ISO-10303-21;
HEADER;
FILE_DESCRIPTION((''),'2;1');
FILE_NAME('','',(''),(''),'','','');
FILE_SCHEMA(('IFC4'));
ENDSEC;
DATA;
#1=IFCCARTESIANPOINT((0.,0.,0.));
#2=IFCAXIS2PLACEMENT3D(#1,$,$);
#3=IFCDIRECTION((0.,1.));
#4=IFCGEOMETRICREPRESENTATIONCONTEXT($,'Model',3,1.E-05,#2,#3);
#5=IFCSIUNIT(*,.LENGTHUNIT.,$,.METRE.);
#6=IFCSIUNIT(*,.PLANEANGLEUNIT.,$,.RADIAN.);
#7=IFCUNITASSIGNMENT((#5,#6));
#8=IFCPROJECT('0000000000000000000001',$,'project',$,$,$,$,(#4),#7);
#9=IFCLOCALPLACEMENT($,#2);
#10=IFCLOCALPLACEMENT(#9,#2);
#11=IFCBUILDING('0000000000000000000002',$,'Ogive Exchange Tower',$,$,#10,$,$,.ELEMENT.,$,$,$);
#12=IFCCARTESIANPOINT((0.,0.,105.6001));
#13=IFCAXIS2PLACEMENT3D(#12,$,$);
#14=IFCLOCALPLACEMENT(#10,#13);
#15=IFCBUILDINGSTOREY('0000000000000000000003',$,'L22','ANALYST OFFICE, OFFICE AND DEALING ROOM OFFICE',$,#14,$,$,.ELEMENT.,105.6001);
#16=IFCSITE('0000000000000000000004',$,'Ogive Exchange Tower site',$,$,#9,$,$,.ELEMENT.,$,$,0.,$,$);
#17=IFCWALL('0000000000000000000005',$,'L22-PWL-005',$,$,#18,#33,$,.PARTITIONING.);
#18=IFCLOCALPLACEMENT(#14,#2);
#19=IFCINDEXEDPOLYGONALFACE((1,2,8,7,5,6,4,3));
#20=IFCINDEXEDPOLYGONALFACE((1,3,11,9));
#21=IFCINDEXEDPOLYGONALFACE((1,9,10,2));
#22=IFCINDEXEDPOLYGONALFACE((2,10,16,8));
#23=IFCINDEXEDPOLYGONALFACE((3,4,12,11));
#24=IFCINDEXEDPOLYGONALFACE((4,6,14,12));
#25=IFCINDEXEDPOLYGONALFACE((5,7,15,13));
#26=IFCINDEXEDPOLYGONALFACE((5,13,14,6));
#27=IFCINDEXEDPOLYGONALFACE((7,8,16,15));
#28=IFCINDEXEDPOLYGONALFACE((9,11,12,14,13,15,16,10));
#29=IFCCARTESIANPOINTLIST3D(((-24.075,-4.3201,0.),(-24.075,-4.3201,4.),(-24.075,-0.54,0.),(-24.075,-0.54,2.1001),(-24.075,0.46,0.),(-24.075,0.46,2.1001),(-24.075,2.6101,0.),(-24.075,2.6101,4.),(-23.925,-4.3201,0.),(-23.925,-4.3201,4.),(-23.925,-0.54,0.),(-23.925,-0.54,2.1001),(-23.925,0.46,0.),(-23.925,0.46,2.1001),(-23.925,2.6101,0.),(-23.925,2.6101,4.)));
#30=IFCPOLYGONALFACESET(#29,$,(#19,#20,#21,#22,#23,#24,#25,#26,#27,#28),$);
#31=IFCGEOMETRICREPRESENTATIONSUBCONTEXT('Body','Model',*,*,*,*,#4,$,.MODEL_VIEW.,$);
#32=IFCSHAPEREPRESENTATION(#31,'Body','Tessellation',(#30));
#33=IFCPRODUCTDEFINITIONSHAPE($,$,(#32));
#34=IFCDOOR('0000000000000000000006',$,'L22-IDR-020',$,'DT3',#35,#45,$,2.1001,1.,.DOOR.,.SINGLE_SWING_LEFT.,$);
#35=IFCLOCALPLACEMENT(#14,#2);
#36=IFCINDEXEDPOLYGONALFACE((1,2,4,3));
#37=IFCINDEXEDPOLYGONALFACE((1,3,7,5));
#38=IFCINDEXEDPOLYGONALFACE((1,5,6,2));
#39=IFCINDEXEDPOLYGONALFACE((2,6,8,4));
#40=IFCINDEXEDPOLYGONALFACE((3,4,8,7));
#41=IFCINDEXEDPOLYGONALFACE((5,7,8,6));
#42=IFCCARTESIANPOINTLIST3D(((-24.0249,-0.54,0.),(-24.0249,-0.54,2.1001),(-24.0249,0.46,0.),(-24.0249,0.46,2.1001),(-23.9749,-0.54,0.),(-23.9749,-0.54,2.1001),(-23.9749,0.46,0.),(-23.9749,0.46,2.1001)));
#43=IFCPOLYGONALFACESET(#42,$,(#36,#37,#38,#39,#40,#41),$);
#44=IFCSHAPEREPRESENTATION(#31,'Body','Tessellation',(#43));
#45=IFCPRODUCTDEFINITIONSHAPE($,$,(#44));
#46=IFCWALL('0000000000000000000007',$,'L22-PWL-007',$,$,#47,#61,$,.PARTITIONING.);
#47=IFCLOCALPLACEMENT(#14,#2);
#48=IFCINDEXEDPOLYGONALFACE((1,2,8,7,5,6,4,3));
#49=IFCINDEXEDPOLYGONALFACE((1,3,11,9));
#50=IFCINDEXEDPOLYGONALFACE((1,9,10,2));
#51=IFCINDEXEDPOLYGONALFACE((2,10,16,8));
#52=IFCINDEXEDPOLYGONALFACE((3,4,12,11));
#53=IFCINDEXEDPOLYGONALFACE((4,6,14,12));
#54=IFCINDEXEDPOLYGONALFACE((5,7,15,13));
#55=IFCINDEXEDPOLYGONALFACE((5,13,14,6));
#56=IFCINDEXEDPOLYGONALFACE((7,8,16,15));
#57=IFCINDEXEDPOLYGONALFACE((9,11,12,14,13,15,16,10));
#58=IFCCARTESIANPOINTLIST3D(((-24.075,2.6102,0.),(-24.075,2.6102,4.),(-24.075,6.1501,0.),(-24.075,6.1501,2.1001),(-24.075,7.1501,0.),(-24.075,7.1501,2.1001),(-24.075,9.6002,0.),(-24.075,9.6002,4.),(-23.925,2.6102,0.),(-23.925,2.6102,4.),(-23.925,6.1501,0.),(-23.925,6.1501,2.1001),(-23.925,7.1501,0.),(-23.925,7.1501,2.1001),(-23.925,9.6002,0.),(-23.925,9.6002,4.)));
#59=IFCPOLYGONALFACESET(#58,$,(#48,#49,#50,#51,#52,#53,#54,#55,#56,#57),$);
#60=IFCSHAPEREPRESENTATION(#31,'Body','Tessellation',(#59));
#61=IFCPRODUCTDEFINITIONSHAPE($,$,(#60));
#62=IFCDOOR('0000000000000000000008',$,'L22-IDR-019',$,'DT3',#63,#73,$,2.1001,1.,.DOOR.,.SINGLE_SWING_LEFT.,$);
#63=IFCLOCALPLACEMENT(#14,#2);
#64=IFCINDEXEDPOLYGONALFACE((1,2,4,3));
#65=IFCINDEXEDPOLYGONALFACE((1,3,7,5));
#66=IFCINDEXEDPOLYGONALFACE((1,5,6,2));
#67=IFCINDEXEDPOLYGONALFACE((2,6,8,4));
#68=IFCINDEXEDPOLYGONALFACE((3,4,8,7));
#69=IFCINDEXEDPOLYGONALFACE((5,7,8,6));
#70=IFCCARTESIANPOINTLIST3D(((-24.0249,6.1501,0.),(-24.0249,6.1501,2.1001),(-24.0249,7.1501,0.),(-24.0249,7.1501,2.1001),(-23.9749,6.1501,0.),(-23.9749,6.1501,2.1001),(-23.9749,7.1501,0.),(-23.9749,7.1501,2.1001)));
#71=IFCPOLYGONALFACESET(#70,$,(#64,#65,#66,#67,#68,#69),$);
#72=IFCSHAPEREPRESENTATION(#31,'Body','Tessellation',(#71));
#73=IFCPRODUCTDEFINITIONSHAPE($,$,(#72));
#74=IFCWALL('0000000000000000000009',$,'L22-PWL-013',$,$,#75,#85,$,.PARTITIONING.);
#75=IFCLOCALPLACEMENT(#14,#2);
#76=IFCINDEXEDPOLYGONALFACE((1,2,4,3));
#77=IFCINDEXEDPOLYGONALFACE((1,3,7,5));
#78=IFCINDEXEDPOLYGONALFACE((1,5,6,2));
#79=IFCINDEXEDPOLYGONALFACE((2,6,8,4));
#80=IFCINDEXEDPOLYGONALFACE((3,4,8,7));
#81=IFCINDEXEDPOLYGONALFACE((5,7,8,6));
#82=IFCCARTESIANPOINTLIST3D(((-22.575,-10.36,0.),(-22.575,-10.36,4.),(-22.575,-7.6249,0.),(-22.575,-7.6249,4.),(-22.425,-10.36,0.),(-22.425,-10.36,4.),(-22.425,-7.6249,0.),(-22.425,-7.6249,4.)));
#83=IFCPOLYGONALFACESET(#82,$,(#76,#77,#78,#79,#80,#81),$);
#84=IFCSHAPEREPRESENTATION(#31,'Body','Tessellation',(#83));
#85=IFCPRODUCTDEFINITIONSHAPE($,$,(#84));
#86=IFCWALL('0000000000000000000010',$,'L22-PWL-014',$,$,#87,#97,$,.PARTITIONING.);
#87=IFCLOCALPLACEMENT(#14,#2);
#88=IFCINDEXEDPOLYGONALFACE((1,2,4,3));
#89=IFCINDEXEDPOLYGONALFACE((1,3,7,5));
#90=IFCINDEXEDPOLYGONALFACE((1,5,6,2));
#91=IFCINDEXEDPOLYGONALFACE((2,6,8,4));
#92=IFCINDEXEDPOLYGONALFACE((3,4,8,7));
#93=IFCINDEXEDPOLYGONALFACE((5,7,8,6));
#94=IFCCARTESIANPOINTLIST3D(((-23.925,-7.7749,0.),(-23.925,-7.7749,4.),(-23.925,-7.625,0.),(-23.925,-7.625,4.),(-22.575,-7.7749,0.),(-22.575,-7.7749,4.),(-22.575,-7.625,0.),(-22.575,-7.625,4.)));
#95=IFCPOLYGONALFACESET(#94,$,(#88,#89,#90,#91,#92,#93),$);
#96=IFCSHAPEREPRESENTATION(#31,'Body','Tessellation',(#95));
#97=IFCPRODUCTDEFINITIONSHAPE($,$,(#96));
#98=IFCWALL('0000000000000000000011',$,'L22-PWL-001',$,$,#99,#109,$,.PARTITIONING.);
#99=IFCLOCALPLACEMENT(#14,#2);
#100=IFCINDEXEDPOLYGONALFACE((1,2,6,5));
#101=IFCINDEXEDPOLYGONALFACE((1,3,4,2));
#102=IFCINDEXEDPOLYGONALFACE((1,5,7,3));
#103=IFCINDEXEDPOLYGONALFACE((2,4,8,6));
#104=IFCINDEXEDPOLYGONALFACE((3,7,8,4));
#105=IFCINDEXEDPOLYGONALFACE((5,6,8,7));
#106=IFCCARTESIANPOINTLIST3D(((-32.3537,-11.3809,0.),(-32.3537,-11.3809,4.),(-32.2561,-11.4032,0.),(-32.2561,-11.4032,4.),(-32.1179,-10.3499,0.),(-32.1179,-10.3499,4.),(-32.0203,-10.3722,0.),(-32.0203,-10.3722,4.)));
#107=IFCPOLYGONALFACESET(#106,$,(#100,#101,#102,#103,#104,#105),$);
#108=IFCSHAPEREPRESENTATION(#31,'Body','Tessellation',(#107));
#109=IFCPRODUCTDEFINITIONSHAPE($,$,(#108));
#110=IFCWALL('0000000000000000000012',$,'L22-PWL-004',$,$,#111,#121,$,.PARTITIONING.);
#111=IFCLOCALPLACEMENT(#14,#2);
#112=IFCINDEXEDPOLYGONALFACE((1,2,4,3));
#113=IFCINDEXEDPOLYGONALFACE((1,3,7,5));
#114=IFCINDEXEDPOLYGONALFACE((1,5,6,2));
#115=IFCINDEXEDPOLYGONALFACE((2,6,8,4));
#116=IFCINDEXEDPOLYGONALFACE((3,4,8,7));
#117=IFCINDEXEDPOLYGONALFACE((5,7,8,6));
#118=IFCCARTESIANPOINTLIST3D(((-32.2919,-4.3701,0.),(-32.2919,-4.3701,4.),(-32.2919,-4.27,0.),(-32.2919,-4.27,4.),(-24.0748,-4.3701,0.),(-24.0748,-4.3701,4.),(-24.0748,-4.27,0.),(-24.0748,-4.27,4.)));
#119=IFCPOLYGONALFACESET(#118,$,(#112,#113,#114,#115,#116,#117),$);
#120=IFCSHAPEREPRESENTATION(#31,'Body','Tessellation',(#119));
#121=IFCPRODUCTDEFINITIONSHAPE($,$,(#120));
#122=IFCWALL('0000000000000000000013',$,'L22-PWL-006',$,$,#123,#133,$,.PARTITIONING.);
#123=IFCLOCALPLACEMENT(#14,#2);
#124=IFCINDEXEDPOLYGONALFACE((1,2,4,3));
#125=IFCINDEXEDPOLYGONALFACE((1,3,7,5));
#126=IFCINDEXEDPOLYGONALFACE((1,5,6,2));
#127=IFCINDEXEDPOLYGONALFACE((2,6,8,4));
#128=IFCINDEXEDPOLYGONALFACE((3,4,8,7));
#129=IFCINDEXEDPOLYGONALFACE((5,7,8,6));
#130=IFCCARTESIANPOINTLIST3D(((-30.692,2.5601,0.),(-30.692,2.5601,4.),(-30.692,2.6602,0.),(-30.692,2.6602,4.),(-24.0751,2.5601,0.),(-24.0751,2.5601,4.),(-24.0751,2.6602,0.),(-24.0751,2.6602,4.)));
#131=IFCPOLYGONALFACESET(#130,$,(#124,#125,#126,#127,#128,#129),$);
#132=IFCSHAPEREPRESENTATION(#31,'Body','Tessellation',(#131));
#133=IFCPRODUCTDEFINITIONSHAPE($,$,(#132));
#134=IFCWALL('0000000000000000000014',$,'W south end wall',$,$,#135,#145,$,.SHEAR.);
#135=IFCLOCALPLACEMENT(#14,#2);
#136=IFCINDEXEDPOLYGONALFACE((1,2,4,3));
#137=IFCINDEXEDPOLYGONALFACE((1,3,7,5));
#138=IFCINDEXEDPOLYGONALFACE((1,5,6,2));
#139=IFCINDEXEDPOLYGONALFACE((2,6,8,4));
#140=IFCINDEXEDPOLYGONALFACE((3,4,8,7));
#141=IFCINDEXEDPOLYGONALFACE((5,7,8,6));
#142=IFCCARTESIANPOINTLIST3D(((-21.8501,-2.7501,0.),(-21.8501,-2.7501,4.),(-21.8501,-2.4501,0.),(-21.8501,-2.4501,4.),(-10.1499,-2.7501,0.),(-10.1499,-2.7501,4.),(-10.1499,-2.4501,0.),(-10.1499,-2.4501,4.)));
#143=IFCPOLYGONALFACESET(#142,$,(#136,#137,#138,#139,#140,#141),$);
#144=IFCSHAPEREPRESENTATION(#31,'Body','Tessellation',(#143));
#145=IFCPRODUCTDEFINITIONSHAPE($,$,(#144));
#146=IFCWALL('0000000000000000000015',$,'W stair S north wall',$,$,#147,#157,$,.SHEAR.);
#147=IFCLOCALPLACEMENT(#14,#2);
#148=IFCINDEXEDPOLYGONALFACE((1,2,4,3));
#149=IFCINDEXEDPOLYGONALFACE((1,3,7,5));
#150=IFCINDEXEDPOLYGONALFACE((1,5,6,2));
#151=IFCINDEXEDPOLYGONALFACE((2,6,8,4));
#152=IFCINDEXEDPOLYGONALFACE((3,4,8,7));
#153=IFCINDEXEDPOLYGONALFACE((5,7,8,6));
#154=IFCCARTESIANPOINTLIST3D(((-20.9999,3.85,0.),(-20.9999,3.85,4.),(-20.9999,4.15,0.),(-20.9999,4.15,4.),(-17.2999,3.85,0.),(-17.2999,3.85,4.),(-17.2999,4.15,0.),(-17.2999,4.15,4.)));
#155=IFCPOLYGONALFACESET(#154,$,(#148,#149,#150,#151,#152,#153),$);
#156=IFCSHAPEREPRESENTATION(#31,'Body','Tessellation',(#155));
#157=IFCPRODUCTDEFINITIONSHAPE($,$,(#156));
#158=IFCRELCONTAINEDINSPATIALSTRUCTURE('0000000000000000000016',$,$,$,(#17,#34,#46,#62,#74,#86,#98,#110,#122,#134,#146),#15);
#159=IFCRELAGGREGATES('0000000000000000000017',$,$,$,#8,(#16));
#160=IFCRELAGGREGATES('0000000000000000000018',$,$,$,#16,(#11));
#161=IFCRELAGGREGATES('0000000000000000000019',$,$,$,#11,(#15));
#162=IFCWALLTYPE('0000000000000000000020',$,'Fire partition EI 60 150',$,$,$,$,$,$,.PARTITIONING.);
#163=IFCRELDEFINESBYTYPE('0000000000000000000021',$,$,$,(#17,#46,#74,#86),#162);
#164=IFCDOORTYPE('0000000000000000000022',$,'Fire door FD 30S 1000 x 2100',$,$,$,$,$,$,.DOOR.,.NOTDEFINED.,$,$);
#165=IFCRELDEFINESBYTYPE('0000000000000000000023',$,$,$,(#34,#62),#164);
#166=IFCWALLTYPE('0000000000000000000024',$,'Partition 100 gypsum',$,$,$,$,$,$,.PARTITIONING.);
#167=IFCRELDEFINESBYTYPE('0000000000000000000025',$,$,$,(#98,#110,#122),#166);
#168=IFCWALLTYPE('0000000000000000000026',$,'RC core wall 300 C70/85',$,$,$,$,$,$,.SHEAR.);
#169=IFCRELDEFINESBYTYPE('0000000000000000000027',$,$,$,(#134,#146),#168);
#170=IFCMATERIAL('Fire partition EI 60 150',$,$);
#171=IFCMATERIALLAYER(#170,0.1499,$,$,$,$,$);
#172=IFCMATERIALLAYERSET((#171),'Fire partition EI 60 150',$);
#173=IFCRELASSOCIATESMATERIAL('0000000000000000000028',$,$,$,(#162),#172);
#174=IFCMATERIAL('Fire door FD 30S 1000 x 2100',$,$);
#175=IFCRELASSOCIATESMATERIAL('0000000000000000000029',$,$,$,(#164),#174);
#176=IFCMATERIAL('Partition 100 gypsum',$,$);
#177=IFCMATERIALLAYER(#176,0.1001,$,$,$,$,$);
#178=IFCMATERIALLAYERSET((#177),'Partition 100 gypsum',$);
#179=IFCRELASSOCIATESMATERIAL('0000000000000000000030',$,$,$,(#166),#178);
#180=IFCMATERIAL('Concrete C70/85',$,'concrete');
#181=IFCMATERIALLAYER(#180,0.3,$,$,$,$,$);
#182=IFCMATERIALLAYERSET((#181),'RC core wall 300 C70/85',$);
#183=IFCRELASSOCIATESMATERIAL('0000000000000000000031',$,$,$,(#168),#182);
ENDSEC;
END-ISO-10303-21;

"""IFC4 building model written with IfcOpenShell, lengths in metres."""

from ifc_helpers import new_model, si_unit, direction, frame, frame_2d, origin, place, context, subcontext, project, spatial, rectangle, extrude, material, layer, layer_set, type_object, element, fill, save


model = new_model("IFC4")

# Units and contexts
model_context = context("Model", 3, precision=1e-05, world=origin(), true_north=direction((0.0, 1.0)))
body_context = subcontext(model_context, "Body", "Model", "MODEL_VIEW")
ifc_project = project(units=[si_unit("LENGTHUNIT", "METRE"), si_unit("PLANEANGLEUNIT", "RADIAN")], contexts=[model_context])

# Site, building, storey
site_placement = place(None, origin())
site = spatial("IfcSite", under=ifc_project, at=site_placement, Name="Ogive Exchange Tower site", CompositionType="ELEMENT", RefElevation=0.0)
building_placement = place(site_placement, origin())
building = spatial("IfcBuilding", under=site, at=building_placement, Name="Ogive Exchange Tower", CompositionType="ELEMENT")
storey_placement = place(building_placement, frame((0.0, 0.0, 105.6001)))
storey = spatial("IfcBuildingStorey", under=building, at=storey_placement, Name="L22", Description="ANALYST OFFICE, OFFICE AND DEALING ROOM OFFICE", CompositionType="ELEMENT", Elevation=105.6001)

# Walls, openings, doors
ifc_material_1 = material(Name="Fire partition EI 60 150")
ifc_layer_1 = layer(ifc_material_1, 0.1499)
ifc_layer_set_1 = layer_set([ifc_layer_1], Name="Fire partition EI 60 150")
wall_type_1 = type_object("IfcWallType", Name="Fire partition EI 60 150", PredefinedType="PARTITIONING", material=ifc_layer_set_1)
ifc_material_2 = material(Name="Fire door FD 30S 1000 x 2100")
door_type_1 = type_object("IfcDoorType", Name="Fire door FD 30S 1000 x 2100", OperationType="NOTDEFINED", PredefinedType="DOOR", material=ifc_material_2)
wall_1_placement = place(storey_placement, frame((-24.0, -4.3201, 0.0), z_axis=(0.0, 0.0, 1.0), x_axis=(0.0, 1.0, 0.0)))
wall_1 = element("IfcWall", 1, at=wall_1_placement, inside=storey, type_object=wall_type_1, Name="L22-PWL-005", PredefinedType="PARTITIONING", context=body_context, shape_type="SweptSolid", body=[
    extrude(rectangle(XDim=6.9302, YDim=0.1499, at=frame_2d((3.4651, 0.0))), origin(), (0.0, 0.0, 1.0), 4.0),
])
opening_1_placement = place(wall_1_placement, frame((3.78, 0.0, 0.0)))
opening_1 = element("IfcOpeningElement", 2, at=opening_1_placement, cuts=wall_1, PredefinedType="OPENING", context=body_context, shape_type="SweptSolid", body=[
    extrude(rectangle(XDim=1.0, YDim=2.1001, at=frame_2d((0.5, 1.05))), frame((0.0, 0.085, 0.0), z_axis=(0.0, -1.0, 0.0), x_axis=(1.0, 0.0, 0.0)), (0.0, 0.0, 1.0), 0.1699),
])
door_1_placement = place(opening_1_placement, origin())
door_1 = element("IfcDoor", 3, at=door_1_placement, inside=storey, type_object=door_type_1, Name="L22-IDR-020", ObjectType="DT3", OperationType="SINGLE_SWING_LEFT", OverallHeight=2.1001, OverallWidth=1.0, PredefinedType="DOOR", context=body_context, shape_type="SweptSolid", body=[
    extrude(rectangle(XDim=1.0, YDim=2.1001, at=frame_2d((0.5, 1.05))), frame((0.0, 0.0249, 0.0), z_axis=(0.0, -1.0, 0.0), x_axis=(1.0, 0.0, 0.0)), (0.0, 0.0, 1.0), 0.05),
])
fill(opening_1, door_1)
wall_2_placement = place(storey_placement, frame((-24.0, 2.6101, 0.0), z_axis=(0.0, 0.0, 1.0), x_axis=(0.0, 1.0, 0.0)))
wall_2 = element("IfcWall", 4, at=wall_2_placement, inside=storey, type_object=wall_type_1, Name="L22-PWL-007", PredefinedType="PARTITIONING", context=body_context, shape_type="SweptSolid", body=[
    extrude(rectangle(XDim=6.99, YDim=0.1499, at=frame_2d((3.4951, 0.0))), origin(), (0.0, 0.0, 1.0), 4.0),
])
opening_2_placement = place(wall_2_placement, frame((3.54, 0.0, 0.0)))
opening_2 = element("IfcOpeningElement", 5, at=opening_2_placement, cuts=wall_2, PredefinedType="OPENING", context=body_context, shape_type="SweptSolid", body=[
    extrude(rectangle(XDim=1.0, YDim=2.1001, at=frame_2d((0.5, 1.05))), frame((0.0, 0.085, 0.0), z_axis=(0.0, -1.0, 0.0), x_axis=(1.0, 0.0, 0.0)), (0.0, 0.0, 1.0), 0.1699),
])
door_2_placement = place(opening_2_placement, origin())
door_2 = element("IfcDoor", 6, at=door_2_placement, inside=storey, type_object=door_type_1, Name="L22-IDR-019", ObjectType="DT3", OperationType="SINGLE_SWING_LEFT", OverallHeight=2.1001, OverallWidth=1.0, PredefinedType="DOOR", context=body_context, shape_type="SweptSolid", body=[
    extrude(rectangle(XDim=1.0, YDim=2.1001, at=frame_2d((0.5, 1.05))), frame((0.0, 0.0249, 0.0), z_axis=(0.0, -1.0, 0.0), x_axis=(1.0, 0.0, 0.0)), (0.0, 0.0, 1.0), 0.05),
])
fill(opening_2, door_2)

# Walls
wall_3_placement = place(storey_placement, frame((-22.5, -10.3601, 0.0), z_axis=(0.0, 0.0, 1.0), x_axis=(0.0, 1.0, 0.0)))
element("IfcWall", 7, at=wall_3_placement, inside=storey, type_object=wall_type_1, Name="L22-PWL-013", PredefinedType="PARTITIONING", context=body_context, shape_type="SweptSolid", body=[
    extrude(rectangle(XDim=2.7351, YDim=0.1499, at=frame_2d((1.3677, 0.0))), origin(), (0.0, 0.0, 1.0), 4.0),
])
wall_4_placement = place(storey_placement, frame((-22.575, -7.7, 0.0), z_axis=(0.0, 0.0, 1.0), x_axis=(-1.0, 0.0, 0.0)))
element("IfcWall", 8, at=wall_4_placement, inside=storey, type_object=wall_type_1, Name="L22-PWL-014", PredefinedType="PARTITIONING", context=body_context, shape_type="SweptSolid", body=[
    extrude(rectangle(XDim=1.3501, YDim=0.1499, at=frame_2d((0.675, 0.0))), origin(), (0.0, 0.0, 1.0), 4.0),
])
ifc_material_3 = material(Name="Partition 100 gypsum")
ifc_layer_2 = layer(ifc_material_3, 0.1001)
ifc_layer_set_2 = layer_set([ifc_layer_2], Name="Partition 100 gypsum")
wall_type_2 = type_object("IfcWallType", Name="Partition 100 gypsum", PredefinedType="PARTITIONING", material=ifc_layer_set_2)
wall_5_placement = place(storey_placement, frame((-32.0691, -10.3611, 0.0), z_axis=(0.0, 0.0, 1.0), x_axis=(-0.222988, -0.974821, 0.0)))
element("IfcWall", 9, at=wall_5_placement, inside=storey, type_object=wall_type_2, Name="L22-PWL-001", PredefinedType="PARTITIONING", context=body_context, shape_type="SweptSolid", body=[
    extrude(rectangle(XDim=1.0576, YDim=0.1001, at=frame_2d((0.5288, 0.0))), origin(), (0.0, 0.0, 1.0), 4.0),
])
wall_6_placement = place(storey_placement, frame((-24.075, -4.3201, 0.0), z_axis=(0.0, 0.0, 1.0), x_axis=(-1.0, 0.0, 0.0)))
element("IfcWall", 10, at=wall_6_placement, inside=storey, type_object=wall_type_2, Name="L22-PWL-004", PredefinedType="PARTITIONING", context=body_context, shape_type="SweptSolid", body=[
    extrude(rectangle(XDim=8.217, YDim=0.1001, at=frame_2d((4.1084, 0.0))), origin(), (0.0, 0.0, 1.0), 4.0),
])
wall_7_placement = place(storey_placement, frame((-24.075, 2.6101, 0.0), z_axis=(0.0, 0.0, 1.0), x_axis=(-1.0, 0.0, 0.0)))
element("IfcWall", 11, at=wall_7_placement, inside=storey, type_object=wall_type_2, Name="L22-PWL-006", PredefinedType="PARTITIONING", context=body_context, shape_type="SweptSolid", body=[
    extrude(rectangle(XDim=6.6169, YDim=0.1001, at=frame_2d((3.3086, 0.0))), origin(), (0.0, 0.0, 1.0), 4.0),
])
ifc_material_4 = material(Name="Concrete C70/85", Category="concrete")
ifc_layer_3 = layer(ifc_material_4, 0.3)
ifc_layer_set_3 = layer_set([ifc_layer_3], Name="RC core wall 300 C70/85")
wall_type_3 = type_object("IfcWallType", Name="RC core wall 300 C70/85", PredefinedType="SHEAR", material=ifc_layer_set_3)
wall_8_placement = place(storey_placement, frame((-21.8501, -2.6001, 0.0), z_axis=(0.0, 0.0, 1.0), x_axis=(1.0, 0.0, 0.0)))
element("IfcWall", 12, at=wall_8_placement, inside=storey, type_object=wall_type_3, Name="W south end wall", PredefinedType="SHEAR", context=body_context, shape_type="SweptSolid", body=[
    extrude(rectangle(XDim=11.7002, YDim=0.3, at=frame_2d((5.8501, 0.0))), origin(), (0.0, 0.0, 1.0), 4.0),
])
wall_9_placement = place(storey_placement, frame((-21.0, 4.0, 0.0), z_axis=(0.0, 0.0, 1.0), x_axis=(1.0, 0.0, 0.0)))
element("IfcWall", 13, at=wall_9_placement, inside=storey, type_object=wall_type_3, Name="W stair S north wall", PredefinedType="SHEAR", context=body_context, shape_type="SweptSolid", body=[
    extrude(rectangle(XDim=3.7, YDim=0.3, at=frame_2d((1.8501, 0.0))), origin(), (0.0, 0.0, 1.0), 4.0),
])

save(model, "model.ifc")
